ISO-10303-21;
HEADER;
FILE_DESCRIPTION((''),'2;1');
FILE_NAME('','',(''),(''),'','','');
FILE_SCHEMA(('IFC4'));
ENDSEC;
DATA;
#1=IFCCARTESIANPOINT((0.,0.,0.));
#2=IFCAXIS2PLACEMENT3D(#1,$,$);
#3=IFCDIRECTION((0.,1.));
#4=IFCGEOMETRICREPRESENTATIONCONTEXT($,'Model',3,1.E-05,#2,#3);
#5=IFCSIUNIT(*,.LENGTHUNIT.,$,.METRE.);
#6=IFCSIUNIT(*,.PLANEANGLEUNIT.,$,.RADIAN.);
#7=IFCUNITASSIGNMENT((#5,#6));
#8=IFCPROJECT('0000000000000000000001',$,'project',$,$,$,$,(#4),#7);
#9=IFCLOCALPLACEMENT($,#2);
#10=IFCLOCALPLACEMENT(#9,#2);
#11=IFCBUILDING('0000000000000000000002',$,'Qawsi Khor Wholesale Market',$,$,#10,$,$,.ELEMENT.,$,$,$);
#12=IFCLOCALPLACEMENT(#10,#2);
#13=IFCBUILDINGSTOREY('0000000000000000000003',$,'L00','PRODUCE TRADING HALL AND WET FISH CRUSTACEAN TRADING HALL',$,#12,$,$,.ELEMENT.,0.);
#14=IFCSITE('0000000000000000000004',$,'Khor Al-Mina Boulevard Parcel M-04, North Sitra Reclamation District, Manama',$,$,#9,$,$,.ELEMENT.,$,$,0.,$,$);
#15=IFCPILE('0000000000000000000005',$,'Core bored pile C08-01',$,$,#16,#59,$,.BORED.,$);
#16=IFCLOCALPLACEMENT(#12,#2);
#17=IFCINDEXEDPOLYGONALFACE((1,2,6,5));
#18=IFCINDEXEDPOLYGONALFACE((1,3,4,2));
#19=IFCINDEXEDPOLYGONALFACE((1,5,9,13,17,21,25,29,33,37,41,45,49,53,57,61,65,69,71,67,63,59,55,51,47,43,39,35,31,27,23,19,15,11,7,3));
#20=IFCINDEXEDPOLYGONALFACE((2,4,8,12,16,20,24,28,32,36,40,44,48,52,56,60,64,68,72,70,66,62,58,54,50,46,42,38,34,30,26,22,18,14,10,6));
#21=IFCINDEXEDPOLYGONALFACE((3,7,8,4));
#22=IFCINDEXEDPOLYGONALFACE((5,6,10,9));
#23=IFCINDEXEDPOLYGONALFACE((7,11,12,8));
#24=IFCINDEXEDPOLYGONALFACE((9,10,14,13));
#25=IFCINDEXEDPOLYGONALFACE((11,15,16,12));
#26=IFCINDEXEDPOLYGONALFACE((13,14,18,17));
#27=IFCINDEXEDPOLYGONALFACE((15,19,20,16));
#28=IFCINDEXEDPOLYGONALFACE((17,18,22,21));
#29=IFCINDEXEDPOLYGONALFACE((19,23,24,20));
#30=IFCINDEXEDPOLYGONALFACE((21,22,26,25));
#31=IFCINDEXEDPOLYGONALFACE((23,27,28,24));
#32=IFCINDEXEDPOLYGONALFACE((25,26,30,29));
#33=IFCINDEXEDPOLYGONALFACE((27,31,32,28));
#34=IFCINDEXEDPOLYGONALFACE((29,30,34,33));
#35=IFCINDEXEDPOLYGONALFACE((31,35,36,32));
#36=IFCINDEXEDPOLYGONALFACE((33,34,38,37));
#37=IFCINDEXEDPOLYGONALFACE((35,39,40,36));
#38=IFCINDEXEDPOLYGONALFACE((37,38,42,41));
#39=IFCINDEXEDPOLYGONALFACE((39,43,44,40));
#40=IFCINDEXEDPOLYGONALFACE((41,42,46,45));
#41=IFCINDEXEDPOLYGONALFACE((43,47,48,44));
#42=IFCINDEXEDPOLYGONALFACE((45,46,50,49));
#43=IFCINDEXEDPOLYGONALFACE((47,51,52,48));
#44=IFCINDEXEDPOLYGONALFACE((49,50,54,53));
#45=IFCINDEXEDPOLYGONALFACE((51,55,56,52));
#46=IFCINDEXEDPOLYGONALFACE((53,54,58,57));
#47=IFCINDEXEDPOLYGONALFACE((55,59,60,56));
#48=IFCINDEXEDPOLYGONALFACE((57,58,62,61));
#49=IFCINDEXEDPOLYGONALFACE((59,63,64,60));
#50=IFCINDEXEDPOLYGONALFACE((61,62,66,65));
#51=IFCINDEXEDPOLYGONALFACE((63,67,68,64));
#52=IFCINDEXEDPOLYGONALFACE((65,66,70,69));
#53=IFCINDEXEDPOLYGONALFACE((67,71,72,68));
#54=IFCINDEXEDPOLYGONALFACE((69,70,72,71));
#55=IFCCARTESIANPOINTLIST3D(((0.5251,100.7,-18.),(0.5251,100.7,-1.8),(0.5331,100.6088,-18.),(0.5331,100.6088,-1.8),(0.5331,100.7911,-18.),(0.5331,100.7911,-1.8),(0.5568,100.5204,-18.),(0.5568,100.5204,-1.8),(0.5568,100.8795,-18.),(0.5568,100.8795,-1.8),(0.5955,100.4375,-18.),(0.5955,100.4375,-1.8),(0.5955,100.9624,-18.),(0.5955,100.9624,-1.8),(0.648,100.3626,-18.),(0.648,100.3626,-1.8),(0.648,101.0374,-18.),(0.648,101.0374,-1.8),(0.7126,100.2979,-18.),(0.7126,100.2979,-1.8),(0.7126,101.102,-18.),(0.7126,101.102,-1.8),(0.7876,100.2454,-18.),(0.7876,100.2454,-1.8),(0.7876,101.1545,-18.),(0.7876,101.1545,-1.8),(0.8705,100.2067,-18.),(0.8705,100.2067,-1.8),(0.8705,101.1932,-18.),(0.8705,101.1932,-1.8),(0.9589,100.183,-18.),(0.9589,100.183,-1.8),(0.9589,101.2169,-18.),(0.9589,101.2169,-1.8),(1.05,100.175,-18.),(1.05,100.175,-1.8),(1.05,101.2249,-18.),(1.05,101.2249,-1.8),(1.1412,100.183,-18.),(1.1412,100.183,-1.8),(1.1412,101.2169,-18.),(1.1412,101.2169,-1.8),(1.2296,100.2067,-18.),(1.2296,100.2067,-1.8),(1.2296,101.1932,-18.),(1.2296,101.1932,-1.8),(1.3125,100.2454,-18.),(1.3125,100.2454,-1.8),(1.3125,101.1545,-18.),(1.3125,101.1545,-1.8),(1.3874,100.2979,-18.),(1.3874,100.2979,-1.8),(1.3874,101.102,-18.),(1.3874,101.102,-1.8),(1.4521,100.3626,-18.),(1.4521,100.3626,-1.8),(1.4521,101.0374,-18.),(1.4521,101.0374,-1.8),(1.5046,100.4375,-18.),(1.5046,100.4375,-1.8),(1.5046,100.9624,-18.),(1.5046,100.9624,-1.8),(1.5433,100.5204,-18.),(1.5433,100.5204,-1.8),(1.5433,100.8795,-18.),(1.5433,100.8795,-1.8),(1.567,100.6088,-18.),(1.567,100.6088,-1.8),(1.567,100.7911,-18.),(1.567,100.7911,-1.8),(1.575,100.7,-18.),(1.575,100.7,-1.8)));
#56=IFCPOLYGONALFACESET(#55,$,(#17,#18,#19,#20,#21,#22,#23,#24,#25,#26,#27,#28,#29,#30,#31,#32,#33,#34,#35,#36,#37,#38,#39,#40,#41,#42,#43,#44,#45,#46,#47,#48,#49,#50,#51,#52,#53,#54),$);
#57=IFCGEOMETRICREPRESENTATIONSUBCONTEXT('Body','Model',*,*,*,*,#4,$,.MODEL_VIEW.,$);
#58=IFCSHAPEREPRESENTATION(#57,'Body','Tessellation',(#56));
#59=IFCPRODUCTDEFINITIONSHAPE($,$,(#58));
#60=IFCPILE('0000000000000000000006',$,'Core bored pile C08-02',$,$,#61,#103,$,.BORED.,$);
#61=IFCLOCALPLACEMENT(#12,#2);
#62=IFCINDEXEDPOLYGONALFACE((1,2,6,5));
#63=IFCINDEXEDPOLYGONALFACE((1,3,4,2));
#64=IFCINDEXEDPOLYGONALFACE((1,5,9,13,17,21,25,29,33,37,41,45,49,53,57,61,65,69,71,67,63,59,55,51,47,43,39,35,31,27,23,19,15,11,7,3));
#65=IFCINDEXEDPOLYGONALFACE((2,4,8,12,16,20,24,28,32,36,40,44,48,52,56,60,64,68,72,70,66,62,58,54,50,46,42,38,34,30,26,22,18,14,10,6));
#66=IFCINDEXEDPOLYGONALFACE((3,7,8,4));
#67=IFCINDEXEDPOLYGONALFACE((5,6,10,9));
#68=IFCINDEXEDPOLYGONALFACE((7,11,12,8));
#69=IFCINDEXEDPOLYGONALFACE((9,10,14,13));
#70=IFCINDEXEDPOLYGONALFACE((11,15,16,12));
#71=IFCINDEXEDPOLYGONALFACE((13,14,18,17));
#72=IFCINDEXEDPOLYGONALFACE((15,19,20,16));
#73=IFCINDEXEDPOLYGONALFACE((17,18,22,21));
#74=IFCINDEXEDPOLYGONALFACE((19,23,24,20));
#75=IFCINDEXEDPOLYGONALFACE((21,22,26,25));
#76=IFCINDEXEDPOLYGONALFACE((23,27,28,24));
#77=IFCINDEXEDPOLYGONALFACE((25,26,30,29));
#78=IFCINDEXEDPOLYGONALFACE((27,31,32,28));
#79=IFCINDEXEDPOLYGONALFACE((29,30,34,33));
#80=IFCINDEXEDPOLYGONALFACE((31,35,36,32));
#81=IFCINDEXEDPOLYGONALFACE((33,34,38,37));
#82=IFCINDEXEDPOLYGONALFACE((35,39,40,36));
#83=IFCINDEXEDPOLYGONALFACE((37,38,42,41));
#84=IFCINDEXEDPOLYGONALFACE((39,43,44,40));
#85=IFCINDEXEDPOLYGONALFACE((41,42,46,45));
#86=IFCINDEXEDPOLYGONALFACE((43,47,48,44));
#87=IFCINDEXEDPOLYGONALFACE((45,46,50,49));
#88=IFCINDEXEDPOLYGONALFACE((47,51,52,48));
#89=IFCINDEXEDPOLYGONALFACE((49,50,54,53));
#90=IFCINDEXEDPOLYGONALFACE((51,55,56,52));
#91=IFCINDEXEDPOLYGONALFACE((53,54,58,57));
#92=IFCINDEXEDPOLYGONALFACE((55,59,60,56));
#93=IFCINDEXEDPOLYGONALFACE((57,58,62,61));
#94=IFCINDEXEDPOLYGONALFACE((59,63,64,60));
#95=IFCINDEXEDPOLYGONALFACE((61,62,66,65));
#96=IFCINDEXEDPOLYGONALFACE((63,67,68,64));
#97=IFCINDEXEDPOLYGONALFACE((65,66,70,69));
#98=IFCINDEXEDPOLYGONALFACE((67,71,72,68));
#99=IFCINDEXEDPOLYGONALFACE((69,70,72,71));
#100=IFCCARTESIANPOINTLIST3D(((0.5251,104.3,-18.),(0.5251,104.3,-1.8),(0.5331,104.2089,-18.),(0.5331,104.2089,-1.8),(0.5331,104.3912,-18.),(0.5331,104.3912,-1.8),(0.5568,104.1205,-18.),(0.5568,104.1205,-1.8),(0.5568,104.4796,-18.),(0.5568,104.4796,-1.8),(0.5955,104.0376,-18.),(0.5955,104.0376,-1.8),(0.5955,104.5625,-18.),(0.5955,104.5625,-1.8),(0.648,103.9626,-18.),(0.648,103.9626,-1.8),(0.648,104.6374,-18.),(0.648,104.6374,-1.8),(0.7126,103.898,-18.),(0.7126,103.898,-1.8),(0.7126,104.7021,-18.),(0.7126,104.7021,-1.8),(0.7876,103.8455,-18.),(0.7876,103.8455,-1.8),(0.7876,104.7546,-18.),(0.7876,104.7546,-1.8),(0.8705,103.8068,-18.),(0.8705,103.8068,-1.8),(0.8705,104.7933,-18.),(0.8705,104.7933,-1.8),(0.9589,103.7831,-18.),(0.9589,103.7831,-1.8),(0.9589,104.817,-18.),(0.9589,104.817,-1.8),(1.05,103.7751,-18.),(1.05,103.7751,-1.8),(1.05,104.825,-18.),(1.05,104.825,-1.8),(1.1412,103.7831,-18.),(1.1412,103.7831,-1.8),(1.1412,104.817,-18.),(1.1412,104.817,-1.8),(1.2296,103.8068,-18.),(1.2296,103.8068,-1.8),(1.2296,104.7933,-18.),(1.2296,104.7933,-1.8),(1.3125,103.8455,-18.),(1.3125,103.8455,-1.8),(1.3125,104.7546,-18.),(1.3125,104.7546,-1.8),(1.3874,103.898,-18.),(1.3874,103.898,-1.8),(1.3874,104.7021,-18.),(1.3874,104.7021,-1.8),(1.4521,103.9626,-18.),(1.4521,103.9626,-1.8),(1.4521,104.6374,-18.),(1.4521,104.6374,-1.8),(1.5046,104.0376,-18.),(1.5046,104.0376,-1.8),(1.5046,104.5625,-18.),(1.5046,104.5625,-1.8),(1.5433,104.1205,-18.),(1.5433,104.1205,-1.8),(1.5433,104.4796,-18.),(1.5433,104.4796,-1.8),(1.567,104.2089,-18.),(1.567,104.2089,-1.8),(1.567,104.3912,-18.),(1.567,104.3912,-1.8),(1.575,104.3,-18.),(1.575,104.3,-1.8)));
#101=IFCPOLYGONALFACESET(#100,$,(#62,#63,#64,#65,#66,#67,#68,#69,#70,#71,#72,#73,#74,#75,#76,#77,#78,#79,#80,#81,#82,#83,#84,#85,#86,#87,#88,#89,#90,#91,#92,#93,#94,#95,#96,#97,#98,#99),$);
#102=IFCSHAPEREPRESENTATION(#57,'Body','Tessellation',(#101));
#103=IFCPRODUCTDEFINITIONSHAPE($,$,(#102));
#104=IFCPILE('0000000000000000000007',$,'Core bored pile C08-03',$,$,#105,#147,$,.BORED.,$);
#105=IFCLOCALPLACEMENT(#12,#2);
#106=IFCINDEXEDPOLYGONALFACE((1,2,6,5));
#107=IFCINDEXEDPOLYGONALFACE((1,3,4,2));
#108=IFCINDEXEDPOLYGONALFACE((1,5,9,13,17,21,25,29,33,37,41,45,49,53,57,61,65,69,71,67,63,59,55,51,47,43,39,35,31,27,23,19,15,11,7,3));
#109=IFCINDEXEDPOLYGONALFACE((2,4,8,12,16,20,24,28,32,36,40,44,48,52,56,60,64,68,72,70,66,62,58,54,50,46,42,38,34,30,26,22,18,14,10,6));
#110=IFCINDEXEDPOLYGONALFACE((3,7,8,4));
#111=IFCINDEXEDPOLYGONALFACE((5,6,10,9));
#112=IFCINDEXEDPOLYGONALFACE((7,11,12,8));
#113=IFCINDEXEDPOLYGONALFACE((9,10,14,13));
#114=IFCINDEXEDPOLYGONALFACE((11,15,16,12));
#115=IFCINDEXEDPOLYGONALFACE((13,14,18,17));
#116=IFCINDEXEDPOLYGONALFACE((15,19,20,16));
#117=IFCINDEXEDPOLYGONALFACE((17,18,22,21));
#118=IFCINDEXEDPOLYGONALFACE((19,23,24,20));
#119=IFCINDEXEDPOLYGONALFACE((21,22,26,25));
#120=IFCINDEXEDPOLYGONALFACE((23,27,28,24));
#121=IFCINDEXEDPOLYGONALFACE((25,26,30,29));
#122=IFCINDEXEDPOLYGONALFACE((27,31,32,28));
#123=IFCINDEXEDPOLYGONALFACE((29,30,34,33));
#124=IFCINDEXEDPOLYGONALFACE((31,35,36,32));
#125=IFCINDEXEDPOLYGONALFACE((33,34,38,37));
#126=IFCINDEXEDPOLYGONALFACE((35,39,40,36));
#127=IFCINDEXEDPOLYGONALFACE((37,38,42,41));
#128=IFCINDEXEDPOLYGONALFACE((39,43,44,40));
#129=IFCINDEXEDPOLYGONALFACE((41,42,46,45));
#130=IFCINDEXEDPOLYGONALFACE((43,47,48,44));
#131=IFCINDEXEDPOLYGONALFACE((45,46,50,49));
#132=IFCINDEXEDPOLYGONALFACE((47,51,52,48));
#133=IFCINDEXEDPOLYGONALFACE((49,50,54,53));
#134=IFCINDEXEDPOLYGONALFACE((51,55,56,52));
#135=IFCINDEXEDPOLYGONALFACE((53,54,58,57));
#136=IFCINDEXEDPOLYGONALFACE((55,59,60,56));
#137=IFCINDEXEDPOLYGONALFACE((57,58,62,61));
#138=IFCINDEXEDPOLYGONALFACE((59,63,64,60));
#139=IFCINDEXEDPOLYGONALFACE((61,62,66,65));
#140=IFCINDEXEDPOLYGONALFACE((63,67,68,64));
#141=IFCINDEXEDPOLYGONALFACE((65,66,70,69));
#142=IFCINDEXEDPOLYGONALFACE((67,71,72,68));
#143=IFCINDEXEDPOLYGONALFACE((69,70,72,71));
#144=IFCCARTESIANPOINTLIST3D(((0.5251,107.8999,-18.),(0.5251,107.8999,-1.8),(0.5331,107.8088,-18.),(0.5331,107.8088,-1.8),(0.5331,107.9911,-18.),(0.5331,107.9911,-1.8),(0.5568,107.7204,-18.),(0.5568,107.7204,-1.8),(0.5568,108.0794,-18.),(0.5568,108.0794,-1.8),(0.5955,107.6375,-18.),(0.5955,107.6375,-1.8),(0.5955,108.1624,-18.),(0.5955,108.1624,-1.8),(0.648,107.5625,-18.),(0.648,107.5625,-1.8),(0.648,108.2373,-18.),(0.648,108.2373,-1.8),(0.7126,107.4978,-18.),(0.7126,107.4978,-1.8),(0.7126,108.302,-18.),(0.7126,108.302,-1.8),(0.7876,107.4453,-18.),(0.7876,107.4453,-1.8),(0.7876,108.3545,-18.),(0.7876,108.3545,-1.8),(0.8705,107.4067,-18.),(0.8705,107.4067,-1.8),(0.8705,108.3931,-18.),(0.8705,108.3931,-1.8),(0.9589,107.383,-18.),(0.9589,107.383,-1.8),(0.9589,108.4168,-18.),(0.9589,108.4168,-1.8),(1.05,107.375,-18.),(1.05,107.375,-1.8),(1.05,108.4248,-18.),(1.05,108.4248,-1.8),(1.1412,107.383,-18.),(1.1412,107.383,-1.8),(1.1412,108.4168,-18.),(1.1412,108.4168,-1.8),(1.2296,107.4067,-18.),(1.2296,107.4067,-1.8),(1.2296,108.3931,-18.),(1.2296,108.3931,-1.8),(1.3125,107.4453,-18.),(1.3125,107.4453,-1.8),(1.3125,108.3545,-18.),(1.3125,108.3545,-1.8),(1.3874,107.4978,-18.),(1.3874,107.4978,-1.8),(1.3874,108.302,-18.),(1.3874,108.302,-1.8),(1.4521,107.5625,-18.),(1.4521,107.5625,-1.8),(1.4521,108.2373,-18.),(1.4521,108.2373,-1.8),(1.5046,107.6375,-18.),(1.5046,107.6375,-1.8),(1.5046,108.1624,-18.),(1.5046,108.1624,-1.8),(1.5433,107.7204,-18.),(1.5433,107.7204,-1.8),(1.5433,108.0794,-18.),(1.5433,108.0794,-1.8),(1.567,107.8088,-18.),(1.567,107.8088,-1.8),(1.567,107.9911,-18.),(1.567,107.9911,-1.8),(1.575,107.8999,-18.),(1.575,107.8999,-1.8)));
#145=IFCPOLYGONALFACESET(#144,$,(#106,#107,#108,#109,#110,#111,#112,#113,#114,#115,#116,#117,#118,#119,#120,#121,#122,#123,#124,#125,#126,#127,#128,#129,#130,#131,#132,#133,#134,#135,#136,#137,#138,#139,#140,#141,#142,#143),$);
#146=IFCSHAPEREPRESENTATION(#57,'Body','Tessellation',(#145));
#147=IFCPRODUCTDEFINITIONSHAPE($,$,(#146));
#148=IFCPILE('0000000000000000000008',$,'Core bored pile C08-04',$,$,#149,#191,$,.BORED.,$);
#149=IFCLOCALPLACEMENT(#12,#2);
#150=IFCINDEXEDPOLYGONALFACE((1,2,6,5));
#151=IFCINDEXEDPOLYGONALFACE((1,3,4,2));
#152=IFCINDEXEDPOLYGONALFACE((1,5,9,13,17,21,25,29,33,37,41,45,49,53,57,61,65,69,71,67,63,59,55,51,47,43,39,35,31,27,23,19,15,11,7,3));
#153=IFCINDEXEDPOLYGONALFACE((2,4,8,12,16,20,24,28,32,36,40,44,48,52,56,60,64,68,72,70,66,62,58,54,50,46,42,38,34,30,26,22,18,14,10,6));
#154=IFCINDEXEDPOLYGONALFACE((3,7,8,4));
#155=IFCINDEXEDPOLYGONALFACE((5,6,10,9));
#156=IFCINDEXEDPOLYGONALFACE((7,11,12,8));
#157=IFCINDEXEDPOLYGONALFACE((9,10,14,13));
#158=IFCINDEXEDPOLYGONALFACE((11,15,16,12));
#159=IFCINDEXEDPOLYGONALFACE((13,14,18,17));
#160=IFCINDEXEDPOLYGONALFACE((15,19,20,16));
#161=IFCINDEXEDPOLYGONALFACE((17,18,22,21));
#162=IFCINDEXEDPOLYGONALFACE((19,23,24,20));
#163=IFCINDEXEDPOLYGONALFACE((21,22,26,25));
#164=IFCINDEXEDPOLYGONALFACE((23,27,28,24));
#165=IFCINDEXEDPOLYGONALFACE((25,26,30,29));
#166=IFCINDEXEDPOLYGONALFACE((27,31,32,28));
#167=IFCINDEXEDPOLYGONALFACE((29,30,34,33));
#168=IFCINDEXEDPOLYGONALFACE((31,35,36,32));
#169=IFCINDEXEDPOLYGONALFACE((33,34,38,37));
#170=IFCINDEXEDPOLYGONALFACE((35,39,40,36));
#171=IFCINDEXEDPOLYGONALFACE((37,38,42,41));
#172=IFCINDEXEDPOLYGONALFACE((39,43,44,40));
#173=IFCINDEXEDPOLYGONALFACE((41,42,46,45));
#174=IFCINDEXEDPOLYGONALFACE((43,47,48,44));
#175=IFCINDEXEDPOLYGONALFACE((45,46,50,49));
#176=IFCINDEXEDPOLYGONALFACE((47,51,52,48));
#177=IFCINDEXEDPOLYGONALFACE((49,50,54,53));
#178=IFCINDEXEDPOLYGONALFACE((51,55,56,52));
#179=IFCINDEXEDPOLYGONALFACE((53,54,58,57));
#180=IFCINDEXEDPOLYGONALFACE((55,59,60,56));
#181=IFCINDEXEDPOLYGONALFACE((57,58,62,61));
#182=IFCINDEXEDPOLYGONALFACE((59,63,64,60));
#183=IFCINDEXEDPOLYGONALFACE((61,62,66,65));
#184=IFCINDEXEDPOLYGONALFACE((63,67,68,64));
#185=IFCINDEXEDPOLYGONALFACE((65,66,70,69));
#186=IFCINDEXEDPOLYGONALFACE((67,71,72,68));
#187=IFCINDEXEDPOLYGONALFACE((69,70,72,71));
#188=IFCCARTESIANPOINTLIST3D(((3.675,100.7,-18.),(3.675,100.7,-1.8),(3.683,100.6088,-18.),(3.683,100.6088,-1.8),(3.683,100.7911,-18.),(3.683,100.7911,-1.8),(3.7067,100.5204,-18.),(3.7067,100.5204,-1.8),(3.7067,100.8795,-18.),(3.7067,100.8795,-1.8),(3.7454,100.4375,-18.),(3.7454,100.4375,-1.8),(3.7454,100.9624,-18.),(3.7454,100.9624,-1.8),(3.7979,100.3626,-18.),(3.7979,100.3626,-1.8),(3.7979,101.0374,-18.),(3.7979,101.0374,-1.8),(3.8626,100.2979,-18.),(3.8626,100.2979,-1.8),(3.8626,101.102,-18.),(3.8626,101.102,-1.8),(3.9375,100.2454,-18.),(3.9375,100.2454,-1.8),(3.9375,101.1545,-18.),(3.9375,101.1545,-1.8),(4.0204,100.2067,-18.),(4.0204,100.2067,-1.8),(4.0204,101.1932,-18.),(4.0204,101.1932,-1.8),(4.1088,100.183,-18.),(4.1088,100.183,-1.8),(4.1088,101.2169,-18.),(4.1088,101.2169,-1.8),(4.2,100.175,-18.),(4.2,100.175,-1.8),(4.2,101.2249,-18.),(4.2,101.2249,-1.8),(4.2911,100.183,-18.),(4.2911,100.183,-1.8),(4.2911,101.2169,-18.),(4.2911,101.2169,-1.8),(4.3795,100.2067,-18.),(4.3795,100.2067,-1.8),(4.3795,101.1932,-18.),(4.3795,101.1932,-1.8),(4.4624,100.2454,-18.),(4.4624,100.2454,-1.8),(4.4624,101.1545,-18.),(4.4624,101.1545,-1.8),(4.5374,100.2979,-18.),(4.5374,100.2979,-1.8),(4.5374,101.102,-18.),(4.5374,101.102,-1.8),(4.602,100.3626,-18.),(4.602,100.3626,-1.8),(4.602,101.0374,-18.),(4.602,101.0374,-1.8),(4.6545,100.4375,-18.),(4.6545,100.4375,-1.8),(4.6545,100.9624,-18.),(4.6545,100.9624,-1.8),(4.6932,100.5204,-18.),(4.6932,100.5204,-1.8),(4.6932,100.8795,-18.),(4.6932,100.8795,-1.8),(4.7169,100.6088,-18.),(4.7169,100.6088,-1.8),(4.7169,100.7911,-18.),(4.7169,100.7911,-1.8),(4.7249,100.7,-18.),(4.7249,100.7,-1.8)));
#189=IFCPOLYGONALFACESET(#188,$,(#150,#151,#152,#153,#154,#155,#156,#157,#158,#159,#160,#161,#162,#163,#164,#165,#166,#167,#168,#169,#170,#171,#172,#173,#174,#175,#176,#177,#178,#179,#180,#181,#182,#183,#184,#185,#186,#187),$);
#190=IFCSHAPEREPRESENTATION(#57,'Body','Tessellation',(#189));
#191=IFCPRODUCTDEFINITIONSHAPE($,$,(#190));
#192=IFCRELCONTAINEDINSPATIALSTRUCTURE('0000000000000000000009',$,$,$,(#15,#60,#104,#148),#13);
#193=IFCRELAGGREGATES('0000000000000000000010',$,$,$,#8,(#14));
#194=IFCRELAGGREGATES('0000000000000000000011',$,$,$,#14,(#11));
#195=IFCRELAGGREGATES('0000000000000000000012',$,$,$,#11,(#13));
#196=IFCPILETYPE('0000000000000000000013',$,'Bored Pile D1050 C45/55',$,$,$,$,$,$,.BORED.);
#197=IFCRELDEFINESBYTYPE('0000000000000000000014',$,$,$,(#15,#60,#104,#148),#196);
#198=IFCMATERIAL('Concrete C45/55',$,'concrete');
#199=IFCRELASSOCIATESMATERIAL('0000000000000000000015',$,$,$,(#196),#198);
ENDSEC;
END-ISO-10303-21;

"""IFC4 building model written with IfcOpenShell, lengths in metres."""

from ifc_helpers import new_model, si_unit, direction, frame, origin, origin_2d, place, context, subcontext, project, spatial, circle, extrude, material, material_profile, profile_set, type_object, element, save


model = new_model("IFC4")

# Units and contexts
model_context = context("Model", 3, precision=1e-05, world=origin(), true_north=direction((0.0, 1.0)))
body_context = subcontext(model_context, "Body", "Model", "MODEL_VIEW")
ifc_project = project(units=[si_unit("LENGTHUNIT", "METRE"), si_unit("PLANEANGLEUNIT", "RADIAN")], contexts=[model_context])

# Site, building, storey
site_placement = place(None, origin())
site = spatial("IfcSite", under=ifc_project, at=site_placement, Name="Khor Al-Mina Boulevard Parcel M-04, North Sitra Reclamation District, Manama", CompositionType="ELEMENT", RefElevation=0.0)
building_placement = place(site_placement, origin())
building = spatial("IfcBuilding", under=site, at=building_placement, Name="Qawsi Khor Wholesale Market", CompositionType="ELEMENT")
storey_placement = place(building_placement, origin())
storey = spatial("IfcBuildingStorey", under=building, at=storey_placement, Name="L00", Description="PRODUCE TRADING HALL AND WET FISH CRUSTACEAN TRADING HALL", CompositionType="ELEMENT", Elevation=0.0)

# Piles
ifc_material_1 = material(Name="Concrete C45/55", Category="concrete")
ifc_material_profile_1 = material_profile(ifc_material_1, circle(Radius=0.5249, at=origin_2d()), Name="PILE D1050")
ifc_profile_set_1 = profile_set([ifc_material_profile_1], Name="Concrete C45/55")
pile_type_1 = type_object("IfcPileType", Name="Bored Pile D1050 C45/55", PredefinedType="BORED", material=ifc_profile_set_1)
for number, where, z_axis, x_axis, name in (
    (1, (1.05, 100.7, -1.8), (0.0, 0.0, -1.0), (1.0, 0.0, 0.0), "Core bored pile C08-01"),
    (2, (1.05, 104.3, -1.8), (0.0, 0.0, -1.0), (1.0, 0.0, 0.0), "Core bored pile C08-02"),
    (3, (1.05, 107.8999, -1.8), (0.0, 0.0, -1.0), (1.0, 0.0, 0.0), "Core bored pile C08-03"),
    (4, (4.2, 100.7, -1.8), (0.0, 0.0, -1.0), (1.0, 0.0, 0.0), "Core bored pile C08-04"),
):
    element("IfcPile", number, at=place(storey_placement, frame(where, z_axis=z_axis, x_axis=x_axis)), inside=storey, type_object=pile_type_1, Name=name, PredefinedType="BORED", context=body_context, shape_type="SweptSolid", body=[
        extrude(circle(Radius=0.5249, at=origin_2d()), origin(), (0.0, 0.0, 1.0), 16.2),
    ])

save(model, "model.ifc")
